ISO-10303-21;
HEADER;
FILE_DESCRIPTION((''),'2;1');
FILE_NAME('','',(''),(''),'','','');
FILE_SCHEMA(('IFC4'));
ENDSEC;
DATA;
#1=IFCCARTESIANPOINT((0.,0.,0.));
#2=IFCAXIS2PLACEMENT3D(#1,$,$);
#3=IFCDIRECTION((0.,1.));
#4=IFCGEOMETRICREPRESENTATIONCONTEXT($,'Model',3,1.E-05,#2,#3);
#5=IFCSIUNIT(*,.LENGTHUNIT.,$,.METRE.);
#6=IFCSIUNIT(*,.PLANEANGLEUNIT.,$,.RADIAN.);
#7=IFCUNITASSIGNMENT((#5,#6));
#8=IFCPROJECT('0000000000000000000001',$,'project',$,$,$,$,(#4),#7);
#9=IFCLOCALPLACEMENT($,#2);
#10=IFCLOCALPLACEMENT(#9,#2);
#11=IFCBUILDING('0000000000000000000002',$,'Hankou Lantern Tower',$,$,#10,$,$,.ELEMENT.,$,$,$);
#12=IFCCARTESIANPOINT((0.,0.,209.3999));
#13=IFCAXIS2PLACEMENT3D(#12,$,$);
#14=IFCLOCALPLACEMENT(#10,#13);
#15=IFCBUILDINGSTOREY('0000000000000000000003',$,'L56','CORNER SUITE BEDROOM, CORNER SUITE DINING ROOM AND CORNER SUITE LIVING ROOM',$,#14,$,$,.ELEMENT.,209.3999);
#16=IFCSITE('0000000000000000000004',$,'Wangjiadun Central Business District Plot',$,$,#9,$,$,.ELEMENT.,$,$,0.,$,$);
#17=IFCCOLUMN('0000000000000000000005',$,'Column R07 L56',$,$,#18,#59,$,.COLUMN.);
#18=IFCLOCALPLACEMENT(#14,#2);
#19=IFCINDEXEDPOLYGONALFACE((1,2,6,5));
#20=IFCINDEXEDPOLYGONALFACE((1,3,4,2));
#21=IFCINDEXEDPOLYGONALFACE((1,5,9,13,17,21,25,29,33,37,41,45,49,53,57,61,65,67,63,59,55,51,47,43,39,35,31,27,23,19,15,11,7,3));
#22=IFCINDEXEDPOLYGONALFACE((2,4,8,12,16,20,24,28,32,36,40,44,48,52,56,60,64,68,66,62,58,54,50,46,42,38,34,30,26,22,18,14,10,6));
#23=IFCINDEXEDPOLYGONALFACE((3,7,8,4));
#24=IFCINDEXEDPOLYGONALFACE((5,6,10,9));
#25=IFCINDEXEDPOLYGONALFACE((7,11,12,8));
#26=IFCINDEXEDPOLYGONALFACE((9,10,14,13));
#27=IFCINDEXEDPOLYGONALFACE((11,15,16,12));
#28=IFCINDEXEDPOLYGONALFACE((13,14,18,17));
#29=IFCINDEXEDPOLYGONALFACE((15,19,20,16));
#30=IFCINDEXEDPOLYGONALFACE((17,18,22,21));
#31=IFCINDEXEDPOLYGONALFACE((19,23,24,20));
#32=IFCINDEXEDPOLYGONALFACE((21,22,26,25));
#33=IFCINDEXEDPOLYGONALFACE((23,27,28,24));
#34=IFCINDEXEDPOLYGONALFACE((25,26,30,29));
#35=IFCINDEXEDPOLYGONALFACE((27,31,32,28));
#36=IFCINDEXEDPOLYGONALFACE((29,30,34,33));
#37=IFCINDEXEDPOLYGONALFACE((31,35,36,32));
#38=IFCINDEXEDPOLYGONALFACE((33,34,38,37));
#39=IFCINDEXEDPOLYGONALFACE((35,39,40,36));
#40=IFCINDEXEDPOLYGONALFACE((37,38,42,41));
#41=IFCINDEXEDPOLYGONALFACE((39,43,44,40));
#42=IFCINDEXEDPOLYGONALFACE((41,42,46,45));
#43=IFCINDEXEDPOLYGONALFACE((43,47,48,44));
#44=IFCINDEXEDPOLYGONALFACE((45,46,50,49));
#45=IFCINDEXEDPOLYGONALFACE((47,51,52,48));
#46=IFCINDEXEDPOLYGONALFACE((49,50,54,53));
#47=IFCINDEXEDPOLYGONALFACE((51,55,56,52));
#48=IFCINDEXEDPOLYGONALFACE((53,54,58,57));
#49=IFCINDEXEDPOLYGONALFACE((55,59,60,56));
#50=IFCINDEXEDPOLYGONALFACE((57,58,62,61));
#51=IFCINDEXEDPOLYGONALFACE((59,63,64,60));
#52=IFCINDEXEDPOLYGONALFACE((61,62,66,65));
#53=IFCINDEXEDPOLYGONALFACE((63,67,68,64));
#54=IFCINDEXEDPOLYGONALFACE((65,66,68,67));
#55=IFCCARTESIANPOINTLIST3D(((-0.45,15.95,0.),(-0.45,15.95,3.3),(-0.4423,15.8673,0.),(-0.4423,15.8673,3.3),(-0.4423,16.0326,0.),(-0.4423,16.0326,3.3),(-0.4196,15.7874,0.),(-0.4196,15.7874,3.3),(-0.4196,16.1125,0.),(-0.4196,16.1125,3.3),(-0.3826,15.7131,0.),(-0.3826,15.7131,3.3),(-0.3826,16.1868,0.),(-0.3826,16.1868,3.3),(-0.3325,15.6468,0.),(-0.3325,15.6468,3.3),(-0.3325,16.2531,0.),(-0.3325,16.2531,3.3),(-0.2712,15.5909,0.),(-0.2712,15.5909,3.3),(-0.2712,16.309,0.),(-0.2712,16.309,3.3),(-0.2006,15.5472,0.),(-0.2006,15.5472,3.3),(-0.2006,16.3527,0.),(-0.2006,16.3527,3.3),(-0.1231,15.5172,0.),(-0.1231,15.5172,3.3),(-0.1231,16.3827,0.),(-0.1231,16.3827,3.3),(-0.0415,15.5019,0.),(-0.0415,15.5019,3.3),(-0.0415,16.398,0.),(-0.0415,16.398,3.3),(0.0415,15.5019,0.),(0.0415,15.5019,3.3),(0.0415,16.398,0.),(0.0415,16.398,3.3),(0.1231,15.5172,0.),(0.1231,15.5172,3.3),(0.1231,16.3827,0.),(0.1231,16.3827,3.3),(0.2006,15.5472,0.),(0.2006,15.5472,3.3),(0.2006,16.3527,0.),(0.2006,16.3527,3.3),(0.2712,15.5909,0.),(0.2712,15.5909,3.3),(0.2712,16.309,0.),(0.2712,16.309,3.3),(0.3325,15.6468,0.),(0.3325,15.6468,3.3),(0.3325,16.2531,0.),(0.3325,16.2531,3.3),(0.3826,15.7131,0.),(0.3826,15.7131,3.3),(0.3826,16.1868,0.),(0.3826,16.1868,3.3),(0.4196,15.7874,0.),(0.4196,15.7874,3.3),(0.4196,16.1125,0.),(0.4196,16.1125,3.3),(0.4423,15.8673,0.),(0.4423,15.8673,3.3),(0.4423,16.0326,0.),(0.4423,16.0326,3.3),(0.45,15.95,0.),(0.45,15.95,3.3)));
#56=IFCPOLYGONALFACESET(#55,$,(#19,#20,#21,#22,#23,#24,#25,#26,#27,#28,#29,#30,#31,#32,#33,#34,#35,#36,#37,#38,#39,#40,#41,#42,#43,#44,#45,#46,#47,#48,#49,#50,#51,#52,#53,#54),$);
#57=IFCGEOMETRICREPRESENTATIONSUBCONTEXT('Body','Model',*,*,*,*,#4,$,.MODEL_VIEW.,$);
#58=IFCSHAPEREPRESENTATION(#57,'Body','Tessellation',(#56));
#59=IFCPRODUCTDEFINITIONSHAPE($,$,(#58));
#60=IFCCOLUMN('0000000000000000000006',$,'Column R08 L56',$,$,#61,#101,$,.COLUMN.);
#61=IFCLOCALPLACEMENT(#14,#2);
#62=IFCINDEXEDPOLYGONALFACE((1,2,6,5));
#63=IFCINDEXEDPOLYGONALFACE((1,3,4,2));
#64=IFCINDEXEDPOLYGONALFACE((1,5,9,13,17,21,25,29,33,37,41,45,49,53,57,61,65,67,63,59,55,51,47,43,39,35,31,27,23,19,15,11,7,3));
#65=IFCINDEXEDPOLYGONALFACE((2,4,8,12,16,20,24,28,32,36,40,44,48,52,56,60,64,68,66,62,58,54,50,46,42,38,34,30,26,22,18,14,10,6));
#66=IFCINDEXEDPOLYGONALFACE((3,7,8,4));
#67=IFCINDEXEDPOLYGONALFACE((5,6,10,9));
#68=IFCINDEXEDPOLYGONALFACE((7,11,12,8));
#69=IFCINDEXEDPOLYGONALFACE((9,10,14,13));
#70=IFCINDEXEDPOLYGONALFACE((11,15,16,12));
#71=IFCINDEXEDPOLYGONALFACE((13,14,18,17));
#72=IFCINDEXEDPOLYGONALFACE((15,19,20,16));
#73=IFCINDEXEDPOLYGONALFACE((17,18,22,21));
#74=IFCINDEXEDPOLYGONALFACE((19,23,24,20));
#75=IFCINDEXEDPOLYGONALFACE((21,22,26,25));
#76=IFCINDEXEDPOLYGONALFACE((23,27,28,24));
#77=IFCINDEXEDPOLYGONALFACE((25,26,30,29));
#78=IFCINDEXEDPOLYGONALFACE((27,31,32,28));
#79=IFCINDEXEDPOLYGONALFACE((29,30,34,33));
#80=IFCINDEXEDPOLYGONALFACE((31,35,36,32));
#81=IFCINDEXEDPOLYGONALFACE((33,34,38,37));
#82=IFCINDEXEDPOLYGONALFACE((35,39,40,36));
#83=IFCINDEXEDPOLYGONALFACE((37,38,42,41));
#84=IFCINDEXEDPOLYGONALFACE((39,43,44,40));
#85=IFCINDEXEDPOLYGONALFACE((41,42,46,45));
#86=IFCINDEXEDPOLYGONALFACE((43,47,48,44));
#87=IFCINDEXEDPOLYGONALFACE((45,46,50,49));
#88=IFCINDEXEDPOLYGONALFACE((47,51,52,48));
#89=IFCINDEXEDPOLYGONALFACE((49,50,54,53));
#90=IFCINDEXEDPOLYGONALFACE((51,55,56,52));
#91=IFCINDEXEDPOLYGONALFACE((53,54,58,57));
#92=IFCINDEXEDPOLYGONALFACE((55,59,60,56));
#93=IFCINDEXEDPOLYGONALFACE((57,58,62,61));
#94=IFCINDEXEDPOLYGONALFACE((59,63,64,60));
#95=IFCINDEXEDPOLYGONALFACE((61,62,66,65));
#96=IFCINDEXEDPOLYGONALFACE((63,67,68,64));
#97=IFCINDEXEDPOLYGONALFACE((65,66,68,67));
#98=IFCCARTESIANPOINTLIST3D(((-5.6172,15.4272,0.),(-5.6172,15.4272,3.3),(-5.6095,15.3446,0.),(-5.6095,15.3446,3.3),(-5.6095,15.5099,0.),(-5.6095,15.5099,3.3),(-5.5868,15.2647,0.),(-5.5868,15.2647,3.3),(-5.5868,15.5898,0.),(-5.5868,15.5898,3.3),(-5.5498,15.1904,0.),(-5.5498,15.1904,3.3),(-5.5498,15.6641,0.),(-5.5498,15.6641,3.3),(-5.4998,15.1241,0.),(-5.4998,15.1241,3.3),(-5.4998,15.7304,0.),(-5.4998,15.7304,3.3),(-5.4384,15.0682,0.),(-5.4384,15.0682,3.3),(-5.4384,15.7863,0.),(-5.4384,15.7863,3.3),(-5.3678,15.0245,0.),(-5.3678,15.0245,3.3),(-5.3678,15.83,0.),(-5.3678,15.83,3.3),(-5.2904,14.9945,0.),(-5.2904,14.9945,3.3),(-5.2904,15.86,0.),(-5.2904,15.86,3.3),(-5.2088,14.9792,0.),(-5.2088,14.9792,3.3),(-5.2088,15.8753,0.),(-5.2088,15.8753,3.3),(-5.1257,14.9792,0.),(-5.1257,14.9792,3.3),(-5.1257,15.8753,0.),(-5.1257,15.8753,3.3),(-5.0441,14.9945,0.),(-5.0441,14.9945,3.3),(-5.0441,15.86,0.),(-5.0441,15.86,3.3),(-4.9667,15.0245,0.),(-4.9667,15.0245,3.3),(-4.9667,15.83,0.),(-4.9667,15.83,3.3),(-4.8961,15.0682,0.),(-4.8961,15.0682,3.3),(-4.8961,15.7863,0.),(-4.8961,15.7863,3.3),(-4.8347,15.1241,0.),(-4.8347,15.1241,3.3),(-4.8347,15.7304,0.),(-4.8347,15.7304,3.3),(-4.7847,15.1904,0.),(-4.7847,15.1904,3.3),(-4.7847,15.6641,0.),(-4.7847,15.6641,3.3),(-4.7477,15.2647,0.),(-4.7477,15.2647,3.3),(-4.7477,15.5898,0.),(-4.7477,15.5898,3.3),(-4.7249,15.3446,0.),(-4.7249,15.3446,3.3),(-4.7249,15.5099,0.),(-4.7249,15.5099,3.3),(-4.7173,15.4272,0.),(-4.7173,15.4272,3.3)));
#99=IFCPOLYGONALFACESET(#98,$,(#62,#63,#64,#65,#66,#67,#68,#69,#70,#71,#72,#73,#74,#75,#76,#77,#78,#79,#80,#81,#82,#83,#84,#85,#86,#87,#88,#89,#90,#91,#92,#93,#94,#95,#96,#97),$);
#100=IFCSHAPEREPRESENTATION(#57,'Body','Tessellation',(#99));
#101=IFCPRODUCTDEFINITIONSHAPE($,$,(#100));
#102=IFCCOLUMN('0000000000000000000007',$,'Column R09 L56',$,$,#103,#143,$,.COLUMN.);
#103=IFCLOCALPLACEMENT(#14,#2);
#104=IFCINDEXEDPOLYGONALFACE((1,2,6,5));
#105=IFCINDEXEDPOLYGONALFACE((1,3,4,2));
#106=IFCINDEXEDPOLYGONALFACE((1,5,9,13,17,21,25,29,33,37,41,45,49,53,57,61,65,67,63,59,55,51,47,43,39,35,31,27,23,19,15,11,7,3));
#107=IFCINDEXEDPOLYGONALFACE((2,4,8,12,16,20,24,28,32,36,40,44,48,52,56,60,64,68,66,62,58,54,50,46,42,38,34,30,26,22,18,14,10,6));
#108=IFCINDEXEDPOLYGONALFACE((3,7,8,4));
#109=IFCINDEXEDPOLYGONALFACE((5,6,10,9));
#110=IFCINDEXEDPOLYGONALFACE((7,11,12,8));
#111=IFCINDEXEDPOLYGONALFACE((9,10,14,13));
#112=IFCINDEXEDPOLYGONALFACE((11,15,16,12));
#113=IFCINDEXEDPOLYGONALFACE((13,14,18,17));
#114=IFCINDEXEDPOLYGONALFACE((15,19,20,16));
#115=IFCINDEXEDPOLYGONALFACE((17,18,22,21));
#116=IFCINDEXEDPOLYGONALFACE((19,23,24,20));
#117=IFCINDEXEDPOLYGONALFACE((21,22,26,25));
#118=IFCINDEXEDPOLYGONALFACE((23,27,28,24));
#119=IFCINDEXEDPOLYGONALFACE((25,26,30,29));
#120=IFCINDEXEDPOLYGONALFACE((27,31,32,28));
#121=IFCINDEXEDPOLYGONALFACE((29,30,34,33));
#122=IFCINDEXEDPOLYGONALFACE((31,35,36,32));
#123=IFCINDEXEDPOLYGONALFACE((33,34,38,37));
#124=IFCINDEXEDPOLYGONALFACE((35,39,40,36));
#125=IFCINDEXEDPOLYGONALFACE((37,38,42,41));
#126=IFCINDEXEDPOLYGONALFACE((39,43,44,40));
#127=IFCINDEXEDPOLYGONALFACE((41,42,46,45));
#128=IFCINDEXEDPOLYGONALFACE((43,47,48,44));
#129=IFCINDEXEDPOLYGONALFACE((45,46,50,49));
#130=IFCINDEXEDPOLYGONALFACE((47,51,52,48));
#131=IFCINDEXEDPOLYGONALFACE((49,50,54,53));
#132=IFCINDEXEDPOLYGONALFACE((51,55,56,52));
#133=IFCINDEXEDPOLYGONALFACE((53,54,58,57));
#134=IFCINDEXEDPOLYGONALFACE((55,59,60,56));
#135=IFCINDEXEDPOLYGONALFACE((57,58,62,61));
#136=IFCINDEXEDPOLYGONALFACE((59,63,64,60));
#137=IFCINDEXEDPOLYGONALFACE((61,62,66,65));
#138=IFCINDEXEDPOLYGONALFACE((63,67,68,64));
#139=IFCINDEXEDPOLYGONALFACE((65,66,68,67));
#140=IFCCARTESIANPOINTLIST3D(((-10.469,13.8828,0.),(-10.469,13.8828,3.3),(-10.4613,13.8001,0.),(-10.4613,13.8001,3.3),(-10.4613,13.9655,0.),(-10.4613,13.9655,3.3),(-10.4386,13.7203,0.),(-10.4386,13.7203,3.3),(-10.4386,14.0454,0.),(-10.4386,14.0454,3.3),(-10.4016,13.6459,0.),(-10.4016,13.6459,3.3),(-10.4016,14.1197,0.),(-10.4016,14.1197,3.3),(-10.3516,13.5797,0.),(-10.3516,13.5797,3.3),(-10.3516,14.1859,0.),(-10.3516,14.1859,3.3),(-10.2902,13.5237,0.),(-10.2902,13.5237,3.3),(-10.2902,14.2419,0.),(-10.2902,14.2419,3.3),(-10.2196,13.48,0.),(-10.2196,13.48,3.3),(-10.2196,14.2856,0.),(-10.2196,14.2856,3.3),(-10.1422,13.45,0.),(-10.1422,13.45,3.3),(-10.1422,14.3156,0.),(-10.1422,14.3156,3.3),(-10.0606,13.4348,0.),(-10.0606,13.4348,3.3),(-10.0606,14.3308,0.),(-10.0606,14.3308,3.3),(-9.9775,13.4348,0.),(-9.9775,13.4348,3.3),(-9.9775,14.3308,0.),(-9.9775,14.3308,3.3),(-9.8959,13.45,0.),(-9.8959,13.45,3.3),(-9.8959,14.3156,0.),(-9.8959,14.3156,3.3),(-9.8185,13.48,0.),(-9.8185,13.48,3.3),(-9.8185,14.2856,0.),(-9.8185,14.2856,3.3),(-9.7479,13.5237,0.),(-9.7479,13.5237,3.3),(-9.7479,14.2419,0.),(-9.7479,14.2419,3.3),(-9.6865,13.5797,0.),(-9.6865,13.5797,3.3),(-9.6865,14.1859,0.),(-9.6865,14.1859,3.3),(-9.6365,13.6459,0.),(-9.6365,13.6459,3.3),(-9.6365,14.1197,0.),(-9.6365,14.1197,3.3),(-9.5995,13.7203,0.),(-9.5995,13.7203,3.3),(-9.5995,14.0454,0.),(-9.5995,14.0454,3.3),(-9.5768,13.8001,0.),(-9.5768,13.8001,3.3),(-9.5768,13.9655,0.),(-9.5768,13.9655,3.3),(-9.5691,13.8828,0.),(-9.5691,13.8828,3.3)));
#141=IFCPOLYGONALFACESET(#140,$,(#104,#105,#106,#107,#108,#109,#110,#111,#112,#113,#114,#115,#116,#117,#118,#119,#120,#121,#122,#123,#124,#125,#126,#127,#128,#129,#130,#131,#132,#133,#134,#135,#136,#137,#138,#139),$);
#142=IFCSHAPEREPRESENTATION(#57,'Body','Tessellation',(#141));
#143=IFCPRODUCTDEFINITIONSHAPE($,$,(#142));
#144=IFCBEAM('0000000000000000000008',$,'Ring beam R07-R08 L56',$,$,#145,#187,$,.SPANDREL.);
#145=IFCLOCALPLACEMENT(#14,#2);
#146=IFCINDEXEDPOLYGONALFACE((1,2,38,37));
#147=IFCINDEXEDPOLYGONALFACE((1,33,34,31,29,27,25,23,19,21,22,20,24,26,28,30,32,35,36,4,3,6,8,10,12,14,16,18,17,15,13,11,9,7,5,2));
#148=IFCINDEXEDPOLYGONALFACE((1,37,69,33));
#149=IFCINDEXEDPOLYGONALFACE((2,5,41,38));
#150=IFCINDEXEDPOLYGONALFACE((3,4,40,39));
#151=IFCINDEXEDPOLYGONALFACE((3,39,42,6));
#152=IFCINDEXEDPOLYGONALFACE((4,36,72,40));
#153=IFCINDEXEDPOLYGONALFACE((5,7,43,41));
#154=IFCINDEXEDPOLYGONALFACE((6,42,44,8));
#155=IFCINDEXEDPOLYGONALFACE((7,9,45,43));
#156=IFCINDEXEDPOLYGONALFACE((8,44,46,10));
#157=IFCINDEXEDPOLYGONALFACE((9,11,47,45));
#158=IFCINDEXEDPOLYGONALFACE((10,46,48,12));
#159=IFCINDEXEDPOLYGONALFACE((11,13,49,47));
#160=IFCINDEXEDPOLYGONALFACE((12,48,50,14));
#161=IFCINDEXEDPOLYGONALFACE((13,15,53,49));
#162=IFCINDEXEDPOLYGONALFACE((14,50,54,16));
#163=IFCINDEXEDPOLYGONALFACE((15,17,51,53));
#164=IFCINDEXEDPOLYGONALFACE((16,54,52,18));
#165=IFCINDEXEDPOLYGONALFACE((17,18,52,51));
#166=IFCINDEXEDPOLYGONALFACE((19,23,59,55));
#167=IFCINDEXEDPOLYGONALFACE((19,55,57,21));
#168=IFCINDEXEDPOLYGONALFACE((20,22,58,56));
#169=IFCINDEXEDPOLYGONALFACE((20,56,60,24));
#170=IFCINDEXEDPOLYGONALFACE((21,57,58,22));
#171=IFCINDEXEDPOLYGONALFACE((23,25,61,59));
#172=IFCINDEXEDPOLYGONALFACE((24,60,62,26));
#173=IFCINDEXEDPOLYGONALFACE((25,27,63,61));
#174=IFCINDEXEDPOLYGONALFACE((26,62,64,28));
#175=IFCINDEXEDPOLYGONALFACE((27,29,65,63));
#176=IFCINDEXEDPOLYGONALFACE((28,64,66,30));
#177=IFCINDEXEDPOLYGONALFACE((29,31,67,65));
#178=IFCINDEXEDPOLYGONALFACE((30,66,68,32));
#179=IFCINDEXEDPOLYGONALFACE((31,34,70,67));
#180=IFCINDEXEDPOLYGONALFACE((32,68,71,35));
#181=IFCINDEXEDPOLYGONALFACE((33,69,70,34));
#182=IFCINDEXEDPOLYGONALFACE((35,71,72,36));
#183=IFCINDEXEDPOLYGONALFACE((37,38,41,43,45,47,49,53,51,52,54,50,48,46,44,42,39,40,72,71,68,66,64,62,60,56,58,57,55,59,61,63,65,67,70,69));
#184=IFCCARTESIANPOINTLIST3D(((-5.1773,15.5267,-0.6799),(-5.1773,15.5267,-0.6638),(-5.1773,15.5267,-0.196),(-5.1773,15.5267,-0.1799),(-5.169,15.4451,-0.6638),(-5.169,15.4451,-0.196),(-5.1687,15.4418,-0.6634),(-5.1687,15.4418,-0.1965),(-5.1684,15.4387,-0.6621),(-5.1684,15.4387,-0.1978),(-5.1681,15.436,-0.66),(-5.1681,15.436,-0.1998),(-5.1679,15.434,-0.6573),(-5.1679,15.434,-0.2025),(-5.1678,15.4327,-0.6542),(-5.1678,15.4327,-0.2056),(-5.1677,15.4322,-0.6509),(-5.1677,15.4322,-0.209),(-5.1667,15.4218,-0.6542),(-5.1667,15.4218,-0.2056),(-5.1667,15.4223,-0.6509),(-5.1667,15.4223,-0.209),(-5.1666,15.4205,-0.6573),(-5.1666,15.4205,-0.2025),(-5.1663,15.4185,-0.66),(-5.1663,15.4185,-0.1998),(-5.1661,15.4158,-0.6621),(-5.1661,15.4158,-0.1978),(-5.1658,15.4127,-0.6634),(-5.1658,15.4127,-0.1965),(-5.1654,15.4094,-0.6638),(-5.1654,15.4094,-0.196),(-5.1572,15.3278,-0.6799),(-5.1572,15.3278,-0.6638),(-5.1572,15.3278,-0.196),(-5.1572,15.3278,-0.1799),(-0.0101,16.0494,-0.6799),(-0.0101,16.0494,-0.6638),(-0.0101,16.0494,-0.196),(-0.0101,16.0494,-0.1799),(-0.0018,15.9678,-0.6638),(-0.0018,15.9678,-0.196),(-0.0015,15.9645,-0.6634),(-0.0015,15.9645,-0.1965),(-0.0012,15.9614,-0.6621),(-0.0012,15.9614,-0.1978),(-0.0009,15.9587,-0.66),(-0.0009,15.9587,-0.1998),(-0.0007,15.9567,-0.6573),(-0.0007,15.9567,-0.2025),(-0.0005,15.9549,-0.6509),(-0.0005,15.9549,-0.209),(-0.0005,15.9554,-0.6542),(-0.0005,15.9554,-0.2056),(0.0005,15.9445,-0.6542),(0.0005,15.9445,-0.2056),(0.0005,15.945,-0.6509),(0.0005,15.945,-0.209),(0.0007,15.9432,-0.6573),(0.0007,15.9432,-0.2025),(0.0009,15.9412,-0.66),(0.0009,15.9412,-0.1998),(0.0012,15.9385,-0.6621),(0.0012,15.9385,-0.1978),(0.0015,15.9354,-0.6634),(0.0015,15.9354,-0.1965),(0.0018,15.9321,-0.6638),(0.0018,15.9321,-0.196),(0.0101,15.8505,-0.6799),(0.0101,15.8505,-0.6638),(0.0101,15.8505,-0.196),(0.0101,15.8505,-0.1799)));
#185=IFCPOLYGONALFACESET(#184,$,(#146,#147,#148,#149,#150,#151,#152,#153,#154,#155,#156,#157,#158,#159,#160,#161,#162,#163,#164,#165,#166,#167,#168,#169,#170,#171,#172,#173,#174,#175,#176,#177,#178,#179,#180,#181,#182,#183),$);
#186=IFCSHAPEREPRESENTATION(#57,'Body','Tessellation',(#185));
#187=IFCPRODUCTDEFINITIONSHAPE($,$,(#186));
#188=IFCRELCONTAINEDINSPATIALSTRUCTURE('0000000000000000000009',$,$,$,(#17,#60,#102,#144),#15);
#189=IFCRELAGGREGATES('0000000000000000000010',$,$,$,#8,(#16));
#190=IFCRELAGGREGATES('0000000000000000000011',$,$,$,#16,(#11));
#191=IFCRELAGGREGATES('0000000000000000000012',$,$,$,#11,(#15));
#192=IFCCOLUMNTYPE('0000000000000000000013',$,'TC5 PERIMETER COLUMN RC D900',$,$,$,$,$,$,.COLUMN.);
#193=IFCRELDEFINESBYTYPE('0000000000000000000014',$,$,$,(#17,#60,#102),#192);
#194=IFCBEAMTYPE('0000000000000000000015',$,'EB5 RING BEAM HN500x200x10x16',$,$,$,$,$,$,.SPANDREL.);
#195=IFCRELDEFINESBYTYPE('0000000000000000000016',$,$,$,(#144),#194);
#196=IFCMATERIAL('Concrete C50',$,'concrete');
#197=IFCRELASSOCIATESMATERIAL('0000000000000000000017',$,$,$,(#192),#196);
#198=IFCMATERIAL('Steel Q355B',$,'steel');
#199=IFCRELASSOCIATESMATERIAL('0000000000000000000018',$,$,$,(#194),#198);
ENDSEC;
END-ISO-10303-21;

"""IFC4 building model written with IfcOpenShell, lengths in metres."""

from ifc_helpers import new_model, si_unit, direction, frame, origin, origin_2d, place, context, subcontext, project, spatial, circle, i_section, extrude, material, material_profile, profile_set, type_object, element, save


model = new_model("IFC4")

# Units and contexts
model_context = context("Model", 3, precision=1e-05, world=origin(), true_north=direction((0.0, 1.0)))
body_context = subcontext(model_context, "Body", "Model", "MODEL_VIEW")
ifc_project = project(units=[si_unit("LENGTHUNIT", "METRE"), si_unit("PLANEANGLEUNIT", "RADIAN")], contexts=[model_context])

# Site, building, storey
site_placement = place(None, origin())
site = spatial("IfcSite", under=ifc_project, at=site_placement, Name="Wangjiadun Central Business District Plot", CompositionType="ELEMENT", RefElevation=0.0)
building_placement = place(site_placement, origin())
building = spatial("IfcBuilding", under=site, at=building_placement, Name="Hankou Lantern Tower", CompositionType="ELEMENT")
storey_placement = place(building_placement, frame((0.0, 0.0, 209.3999)))
storey = spatial("IfcBuildingStorey", under=building, at=storey_placement, Name="L56", Description="CORNER SUITE BEDROOM, CORNER SUITE DINING ROOM AND CORNER SUITE LIVING ROOM", CompositionType="ELEMENT", Elevation=209.3999)

# Columns
ifc_material_1 = material(Name="Concrete C50", Category="concrete")
ifc_material_profile_1 = material_profile(ifc_material_1, circle(Radius=0.45, at=origin_2d()), Name="RC D900")
ifc_profile_set_1 = profile_set([ifc_material_profile_1], Name="Concrete C50")
column_type = type_object("IfcColumnType", Name="TC5 PERIMETER COLUMN RC D900", PredefinedType="COLUMN", material=ifc_profile_set_1)
for number, where, z_axis, x_axis, name in (
    (1, (0.0, 15.95, 0.0), (0.0, 0.0, 1.0), (1.0, 0.0, 0.0), "Column R07 L56"),
    (2, (-5.1672, 15.4272, 0.0), (0.0, 0.0, 1.0), (1.0, 0.0, 0.0), "Column R08 L56"),
    (3, (-10.019, 13.8828, 0.0), (0.0, 0.0, 1.0), (1.0, 0.0, 0.0), "Column R09 L56"),
):
    element("IfcColumn", number, at=place(storey_placement, frame(where, z_axis=z_axis, x_axis=x_axis)), inside=storey, type_object=column_type, Name=name, PredefinedType="COLUMN", context=body_context, shape_type="SweptSolid", body=[
        extrude(circle(Radius=0.45, at=origin_2d()), origin(), (0.0, 0.0, 1.0), 3.3),
    ])

# Beam
ifc_material_2 = material(Name="Steel Q355B", Category="steel")
ifc_material_profile_2 = material_profile(ifc_material_2, i_section(OverallWidth=0.2, OverallDepth=0.5, WebThickness=0.01, FlangeThickness=0.0161, FilletRadius=0.0129, at=origin_2d()), Name="HN500x200x10x16")
ifc_profile_set_2 = profile_set([ifc_material_profile_2], Name="Steel Q355B")
beam_type_1 = type_object("IfcBeamType", Name="EB5 RING BEAM HN500x200x10x16", PredefinedType="SPANDREL", material=ifc_profile_set_2)
beam_1_placement = place(storey_placement, frame((0.0, 15.95, -0.4299), z_axis=(-0.994923, -0.100644, 0.0), x_axis=(0.100644, -0.994923, 0.0)))
element("IfcBeam", 4, at=beam_1_placement, inside=storey, type_object=beam_type_1, Name="Ring beam R07-R08 L56", PredefinedType="SPANDREL", context=body_context, shape_type="SweptSolid", body=[
    extrude(i_section(OverallWidth=0.2, OverallDepth=0.5, WebThickness=0.01, FlangeThickness=0.0161, FilletRadius=0.0129, at=origin_2d()), origin(), (0.0, 0.0, 1.0), 5.1936),
])

save(model, "model.ifc")
